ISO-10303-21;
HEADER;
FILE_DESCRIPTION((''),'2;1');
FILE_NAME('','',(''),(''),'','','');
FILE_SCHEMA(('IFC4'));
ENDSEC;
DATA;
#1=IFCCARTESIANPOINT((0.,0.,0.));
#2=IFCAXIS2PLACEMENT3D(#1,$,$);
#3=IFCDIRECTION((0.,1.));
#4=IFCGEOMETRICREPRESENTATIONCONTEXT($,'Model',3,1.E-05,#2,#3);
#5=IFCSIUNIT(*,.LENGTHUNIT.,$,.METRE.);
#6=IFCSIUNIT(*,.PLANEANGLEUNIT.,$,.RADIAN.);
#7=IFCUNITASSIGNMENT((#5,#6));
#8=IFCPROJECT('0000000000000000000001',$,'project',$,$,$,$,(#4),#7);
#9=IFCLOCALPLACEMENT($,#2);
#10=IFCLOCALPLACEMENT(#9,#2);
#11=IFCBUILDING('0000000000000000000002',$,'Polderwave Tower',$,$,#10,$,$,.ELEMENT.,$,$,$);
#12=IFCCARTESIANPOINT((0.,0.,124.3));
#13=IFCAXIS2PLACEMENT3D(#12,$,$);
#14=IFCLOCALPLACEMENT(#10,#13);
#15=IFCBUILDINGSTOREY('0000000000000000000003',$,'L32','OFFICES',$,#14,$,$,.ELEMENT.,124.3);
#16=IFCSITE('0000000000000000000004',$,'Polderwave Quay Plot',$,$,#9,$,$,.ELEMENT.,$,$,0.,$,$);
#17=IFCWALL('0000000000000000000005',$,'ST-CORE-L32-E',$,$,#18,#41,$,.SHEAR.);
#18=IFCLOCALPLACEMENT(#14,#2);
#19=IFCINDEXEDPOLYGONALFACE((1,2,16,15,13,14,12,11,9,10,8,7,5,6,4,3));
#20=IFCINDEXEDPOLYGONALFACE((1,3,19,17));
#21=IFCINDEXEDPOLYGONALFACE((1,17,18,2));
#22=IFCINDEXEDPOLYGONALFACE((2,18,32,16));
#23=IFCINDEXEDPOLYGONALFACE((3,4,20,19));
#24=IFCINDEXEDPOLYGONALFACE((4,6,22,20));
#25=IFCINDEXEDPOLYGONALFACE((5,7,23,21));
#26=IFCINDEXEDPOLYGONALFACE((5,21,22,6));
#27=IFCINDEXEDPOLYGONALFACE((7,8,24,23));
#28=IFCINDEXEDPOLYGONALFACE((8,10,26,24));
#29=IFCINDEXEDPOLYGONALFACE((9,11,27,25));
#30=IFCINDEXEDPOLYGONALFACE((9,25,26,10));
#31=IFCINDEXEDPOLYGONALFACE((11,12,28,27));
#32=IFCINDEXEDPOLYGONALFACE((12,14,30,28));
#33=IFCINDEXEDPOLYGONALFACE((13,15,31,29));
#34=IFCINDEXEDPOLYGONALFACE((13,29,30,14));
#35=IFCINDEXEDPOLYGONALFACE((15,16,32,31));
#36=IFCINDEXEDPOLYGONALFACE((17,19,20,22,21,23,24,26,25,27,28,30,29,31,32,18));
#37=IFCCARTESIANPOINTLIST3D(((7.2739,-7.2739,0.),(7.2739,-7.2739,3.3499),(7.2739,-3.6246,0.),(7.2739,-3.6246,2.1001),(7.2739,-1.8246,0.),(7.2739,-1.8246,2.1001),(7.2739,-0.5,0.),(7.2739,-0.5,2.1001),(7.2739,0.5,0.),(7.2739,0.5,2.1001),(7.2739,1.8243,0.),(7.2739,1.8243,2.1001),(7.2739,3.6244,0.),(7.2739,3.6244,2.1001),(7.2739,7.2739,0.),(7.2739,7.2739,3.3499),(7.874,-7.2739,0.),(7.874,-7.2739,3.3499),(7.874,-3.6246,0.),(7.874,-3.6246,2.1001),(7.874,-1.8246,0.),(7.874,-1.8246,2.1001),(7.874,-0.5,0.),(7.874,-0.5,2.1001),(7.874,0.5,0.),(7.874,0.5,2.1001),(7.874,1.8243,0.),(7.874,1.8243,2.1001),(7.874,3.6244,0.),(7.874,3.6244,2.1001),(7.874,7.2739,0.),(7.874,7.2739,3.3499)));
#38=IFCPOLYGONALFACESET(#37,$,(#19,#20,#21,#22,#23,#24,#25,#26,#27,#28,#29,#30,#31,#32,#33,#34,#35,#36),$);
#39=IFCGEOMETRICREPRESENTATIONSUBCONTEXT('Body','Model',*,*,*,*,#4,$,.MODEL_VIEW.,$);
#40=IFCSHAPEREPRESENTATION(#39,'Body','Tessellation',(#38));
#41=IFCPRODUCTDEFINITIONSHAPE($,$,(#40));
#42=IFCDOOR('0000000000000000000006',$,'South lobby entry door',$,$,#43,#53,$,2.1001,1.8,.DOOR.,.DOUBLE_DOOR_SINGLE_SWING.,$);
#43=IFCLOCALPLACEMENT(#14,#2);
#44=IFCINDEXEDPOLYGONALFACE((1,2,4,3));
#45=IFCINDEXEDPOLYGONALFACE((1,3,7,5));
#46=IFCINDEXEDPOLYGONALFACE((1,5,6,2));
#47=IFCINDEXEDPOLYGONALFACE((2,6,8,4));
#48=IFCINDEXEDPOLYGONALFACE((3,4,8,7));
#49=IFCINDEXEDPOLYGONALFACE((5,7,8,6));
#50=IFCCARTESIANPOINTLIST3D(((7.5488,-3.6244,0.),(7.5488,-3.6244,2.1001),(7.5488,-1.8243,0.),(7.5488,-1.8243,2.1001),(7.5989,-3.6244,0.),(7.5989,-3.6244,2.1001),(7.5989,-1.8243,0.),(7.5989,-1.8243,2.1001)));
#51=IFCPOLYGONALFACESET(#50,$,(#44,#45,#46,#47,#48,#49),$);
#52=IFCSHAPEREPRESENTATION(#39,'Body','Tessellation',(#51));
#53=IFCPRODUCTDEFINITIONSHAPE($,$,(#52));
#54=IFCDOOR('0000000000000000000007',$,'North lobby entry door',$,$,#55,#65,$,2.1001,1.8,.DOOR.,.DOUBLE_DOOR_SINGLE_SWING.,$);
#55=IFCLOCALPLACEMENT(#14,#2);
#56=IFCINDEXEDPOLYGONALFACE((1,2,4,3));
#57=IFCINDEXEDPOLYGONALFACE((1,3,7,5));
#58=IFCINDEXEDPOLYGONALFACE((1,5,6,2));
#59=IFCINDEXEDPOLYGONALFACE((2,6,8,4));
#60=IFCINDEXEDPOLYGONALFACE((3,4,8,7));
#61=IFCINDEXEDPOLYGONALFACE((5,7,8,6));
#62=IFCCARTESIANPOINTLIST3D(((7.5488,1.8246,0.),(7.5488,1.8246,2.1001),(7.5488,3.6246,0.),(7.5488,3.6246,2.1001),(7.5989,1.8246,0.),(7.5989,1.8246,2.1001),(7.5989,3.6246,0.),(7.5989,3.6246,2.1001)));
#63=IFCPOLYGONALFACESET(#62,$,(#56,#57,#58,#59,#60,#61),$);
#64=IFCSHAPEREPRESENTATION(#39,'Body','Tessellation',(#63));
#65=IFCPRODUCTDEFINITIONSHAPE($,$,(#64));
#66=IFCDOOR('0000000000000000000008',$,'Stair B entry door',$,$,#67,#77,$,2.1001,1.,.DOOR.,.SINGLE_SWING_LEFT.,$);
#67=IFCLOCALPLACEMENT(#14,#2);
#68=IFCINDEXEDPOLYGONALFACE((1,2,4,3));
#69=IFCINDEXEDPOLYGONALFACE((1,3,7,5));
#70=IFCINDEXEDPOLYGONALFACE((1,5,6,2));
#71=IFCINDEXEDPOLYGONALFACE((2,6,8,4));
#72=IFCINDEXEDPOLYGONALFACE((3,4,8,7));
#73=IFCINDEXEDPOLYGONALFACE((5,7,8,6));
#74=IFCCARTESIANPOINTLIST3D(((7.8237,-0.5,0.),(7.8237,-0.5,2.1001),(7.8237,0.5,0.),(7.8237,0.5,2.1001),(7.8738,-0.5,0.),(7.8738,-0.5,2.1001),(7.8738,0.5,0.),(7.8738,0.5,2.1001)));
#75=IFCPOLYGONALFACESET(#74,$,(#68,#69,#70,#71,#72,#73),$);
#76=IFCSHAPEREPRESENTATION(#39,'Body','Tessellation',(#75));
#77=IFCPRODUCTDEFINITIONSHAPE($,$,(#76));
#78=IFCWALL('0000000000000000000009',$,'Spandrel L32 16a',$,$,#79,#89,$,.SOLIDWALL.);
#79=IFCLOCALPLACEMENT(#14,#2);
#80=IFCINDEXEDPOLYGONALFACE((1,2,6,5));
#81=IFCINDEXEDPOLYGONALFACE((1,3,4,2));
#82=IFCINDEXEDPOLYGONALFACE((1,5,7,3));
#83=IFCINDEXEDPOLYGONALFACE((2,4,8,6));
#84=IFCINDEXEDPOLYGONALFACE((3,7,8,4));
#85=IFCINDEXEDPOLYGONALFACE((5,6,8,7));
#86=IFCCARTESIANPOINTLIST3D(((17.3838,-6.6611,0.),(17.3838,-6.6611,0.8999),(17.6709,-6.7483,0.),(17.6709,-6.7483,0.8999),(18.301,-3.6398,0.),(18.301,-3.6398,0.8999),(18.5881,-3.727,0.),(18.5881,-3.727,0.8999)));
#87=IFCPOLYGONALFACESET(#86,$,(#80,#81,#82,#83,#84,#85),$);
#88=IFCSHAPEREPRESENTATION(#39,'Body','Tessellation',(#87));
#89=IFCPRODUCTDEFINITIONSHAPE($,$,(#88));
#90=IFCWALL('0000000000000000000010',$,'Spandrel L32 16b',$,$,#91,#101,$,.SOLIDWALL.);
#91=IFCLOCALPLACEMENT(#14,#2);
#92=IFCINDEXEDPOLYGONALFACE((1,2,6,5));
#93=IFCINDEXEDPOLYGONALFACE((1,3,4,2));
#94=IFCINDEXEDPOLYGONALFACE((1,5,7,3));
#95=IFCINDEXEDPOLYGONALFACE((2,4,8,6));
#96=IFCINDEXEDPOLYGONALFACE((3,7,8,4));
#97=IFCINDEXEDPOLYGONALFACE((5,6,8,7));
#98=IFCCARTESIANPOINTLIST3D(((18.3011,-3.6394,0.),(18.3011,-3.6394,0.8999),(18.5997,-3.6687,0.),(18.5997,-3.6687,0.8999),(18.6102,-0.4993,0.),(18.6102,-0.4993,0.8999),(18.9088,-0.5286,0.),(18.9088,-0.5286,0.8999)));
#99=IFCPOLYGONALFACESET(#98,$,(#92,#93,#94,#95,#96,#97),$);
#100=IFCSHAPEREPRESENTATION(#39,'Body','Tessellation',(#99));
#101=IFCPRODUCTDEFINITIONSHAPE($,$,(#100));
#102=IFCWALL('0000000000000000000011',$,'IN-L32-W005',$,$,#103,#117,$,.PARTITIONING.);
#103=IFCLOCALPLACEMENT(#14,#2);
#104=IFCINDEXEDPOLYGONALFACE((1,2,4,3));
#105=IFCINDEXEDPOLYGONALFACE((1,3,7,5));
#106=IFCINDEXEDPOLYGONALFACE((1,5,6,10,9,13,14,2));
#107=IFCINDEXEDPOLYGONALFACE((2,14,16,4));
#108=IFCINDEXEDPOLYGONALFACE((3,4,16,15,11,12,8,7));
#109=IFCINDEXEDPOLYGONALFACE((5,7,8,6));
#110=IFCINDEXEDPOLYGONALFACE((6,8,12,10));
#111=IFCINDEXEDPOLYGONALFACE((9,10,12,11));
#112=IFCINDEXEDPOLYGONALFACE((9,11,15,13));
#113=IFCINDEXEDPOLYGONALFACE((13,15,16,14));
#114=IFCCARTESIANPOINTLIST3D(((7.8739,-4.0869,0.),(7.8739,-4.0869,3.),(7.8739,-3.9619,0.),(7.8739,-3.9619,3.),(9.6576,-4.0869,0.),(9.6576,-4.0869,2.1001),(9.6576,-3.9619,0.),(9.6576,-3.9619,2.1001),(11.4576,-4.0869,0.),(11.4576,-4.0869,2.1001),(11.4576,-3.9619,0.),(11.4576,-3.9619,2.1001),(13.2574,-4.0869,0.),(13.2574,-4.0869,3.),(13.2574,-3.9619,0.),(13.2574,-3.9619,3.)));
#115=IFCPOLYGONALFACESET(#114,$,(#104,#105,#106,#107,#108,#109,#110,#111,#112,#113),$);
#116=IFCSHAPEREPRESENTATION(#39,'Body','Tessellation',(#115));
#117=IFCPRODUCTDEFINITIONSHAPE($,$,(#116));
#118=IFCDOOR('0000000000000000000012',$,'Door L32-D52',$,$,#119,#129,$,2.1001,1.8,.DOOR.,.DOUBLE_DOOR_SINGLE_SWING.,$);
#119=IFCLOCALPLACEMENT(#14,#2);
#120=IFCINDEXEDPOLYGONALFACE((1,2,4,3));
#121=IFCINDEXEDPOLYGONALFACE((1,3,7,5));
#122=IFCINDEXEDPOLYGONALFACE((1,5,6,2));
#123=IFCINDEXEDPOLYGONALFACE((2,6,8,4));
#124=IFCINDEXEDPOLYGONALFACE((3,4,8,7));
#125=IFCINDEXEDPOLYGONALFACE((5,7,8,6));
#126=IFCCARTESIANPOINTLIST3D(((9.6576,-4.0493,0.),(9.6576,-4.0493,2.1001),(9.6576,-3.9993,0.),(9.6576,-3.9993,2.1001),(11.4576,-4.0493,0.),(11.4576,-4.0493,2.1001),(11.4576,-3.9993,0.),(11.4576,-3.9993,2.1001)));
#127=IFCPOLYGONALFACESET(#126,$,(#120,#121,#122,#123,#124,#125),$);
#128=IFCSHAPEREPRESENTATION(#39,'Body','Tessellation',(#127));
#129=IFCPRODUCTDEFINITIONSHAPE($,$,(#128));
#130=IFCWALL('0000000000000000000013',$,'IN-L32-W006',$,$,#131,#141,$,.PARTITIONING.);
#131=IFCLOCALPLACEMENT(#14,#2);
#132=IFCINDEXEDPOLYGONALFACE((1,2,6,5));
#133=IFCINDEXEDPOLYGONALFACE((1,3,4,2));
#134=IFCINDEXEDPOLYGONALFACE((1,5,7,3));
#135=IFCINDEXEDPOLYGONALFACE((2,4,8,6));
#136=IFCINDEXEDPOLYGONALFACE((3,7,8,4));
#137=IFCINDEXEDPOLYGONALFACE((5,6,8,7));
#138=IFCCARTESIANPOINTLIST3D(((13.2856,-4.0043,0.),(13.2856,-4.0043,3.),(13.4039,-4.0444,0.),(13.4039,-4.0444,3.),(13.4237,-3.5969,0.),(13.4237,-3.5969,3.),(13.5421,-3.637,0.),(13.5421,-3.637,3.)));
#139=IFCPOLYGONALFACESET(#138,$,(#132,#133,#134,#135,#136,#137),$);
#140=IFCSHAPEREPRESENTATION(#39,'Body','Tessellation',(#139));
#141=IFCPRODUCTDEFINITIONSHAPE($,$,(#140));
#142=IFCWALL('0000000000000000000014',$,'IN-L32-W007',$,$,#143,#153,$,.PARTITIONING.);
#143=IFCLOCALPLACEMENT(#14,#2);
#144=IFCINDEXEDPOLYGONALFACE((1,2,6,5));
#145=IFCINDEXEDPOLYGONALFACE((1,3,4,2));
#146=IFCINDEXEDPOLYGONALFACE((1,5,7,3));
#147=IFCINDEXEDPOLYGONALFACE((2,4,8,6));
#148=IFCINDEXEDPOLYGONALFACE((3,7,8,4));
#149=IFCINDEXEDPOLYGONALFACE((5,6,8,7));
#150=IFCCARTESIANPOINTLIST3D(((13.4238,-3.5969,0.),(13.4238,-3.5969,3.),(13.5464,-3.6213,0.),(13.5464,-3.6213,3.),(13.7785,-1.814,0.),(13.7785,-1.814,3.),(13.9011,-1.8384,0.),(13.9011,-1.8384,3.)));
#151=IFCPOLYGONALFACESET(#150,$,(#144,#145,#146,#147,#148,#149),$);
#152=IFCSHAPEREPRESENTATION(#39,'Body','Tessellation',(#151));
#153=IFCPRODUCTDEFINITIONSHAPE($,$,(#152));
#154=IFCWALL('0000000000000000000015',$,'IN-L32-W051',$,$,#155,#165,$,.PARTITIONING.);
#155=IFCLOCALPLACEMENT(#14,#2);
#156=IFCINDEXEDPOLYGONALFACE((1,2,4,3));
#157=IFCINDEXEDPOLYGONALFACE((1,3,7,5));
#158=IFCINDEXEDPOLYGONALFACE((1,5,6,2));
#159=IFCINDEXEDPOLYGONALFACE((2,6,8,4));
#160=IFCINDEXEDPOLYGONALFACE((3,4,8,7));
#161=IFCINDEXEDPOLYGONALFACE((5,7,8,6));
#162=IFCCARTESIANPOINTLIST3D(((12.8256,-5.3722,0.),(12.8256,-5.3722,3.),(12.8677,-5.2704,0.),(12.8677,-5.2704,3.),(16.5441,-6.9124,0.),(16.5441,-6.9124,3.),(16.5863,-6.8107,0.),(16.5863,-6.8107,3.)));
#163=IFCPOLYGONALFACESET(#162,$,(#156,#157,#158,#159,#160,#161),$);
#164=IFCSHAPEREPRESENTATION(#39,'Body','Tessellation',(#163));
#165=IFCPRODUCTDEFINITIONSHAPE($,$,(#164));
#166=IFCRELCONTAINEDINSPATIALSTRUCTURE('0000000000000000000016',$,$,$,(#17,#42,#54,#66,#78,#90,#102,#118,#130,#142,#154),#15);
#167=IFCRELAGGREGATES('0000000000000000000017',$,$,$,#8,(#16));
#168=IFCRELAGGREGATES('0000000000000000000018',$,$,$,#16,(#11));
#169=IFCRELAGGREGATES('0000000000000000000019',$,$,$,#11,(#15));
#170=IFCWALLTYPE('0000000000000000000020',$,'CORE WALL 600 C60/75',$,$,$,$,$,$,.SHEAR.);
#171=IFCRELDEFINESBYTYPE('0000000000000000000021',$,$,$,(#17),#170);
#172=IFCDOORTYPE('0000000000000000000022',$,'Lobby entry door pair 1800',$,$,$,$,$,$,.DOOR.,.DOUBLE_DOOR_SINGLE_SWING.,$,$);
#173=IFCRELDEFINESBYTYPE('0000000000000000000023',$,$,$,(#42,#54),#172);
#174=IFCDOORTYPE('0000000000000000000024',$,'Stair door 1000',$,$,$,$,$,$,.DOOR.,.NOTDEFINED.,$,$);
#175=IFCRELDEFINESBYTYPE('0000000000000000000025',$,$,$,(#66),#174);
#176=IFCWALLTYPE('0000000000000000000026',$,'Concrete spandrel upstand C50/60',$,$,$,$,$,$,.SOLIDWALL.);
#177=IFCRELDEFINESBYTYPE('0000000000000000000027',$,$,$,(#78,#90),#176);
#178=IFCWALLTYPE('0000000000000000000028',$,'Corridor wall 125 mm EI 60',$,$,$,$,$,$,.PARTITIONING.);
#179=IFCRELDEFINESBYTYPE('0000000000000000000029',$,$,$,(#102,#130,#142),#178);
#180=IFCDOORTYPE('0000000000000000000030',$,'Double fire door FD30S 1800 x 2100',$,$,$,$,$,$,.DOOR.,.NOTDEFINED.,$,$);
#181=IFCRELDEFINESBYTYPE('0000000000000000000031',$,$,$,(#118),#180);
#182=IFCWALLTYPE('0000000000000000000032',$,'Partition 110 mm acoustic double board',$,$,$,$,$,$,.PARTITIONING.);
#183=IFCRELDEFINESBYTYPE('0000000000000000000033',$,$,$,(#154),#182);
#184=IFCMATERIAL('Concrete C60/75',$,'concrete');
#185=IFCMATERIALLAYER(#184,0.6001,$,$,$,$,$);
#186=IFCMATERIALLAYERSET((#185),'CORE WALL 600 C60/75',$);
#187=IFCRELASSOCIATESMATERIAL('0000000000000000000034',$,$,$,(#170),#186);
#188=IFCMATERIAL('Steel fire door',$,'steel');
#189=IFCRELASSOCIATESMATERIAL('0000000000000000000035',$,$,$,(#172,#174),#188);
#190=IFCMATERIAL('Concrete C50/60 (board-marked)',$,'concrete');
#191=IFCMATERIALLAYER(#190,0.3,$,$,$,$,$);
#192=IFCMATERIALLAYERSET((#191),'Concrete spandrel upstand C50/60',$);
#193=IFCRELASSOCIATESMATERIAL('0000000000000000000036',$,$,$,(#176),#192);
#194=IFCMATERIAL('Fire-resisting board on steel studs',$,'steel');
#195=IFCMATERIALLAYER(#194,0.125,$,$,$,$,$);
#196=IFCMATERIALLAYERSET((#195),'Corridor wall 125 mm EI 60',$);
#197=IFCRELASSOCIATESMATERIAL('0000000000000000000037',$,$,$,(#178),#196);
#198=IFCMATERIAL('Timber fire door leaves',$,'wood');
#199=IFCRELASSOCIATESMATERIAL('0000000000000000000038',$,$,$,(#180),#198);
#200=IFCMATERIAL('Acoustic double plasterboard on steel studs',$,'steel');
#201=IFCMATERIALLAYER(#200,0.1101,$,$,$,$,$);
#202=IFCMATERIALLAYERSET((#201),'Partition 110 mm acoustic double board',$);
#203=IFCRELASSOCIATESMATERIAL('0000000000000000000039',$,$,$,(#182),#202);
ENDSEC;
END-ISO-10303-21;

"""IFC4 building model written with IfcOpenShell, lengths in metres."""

from ifc_helpers import new_model, si_unit, direction, frame, frame_2d, origin, place, context, subcontext, project, spatial, rectangle, extrude, material, layer, layer_set, type_object, element, fill, save


model = new_model("IFC4")

# Units and contexts
model_context = context("Model", 3, precision=1e-05, world=origin(), true_north=direction((0.0, 1.0)))
body_context = subcontext(model_context, "Body", "Model", "MODEL_VIEW")
ifc_project = project(units=[si_unit("LENGTHUNIT", "METRE"), si_unit("PLANEANGLEUNIT", "RADIAN")], contexts=[model_context])

# Site, building, storey
site_placement = place(None, origin())
site = spatial("IfcSite", under=ifc_project, at=site_placement, Name="Polderwave Quay Plot", CompositionType="ELEMENT", RefElevation=0.0)
building_placement = place(site_placement, origin())
building = spatial("IfcBuilding", under=site, at=building_placement, Name="Polderwave Tower", CompositionType="ELEMENT")
storey_placement = place(building_placement, frame((0.0, 0.0, 124.3)))
storey = spatial("IfcBuildingStorey", under=building, at=storey_placement, Name="L32", Description="OFFICES", CompositionType="ELEMENT", Elevation=124.3)

# Shared definitions
ifc_material_1 = material(Name="Concrete C60/75", Category="concrete")

# Wall, openings, doors
ifc_layer_1 = layer(ifc_material_1, 0.6001)
ifc_layer_set_1 = layer_set([ifc_layer_1], Name="CORE WALL 600 C60/75")
wall_type_1 = type_object("IfcWallType", Name="CORE WALL 600 C60/75", PredefinedType="SHEAR", material=ifc_layer_set_1)
wall_1_placement = place(storey_placement, frame((7.574, -7.2739, 0.0), z_axis=(0.0, 0.0, 1.0), x_axis=(0.0, 1.0, 0.0)))
wall_1 = element("IfcWall", 1, at=wall_1_placement, inside=storey, type_object=wall_type_1, Name="ST-CORE-L32-E", PredefinedType="SHEAR", context=body_context, shape_type="SweptSolid", body=[
    extrude(rectangle(XDim=14.5479, YDim=0.6001, at=frame_2d((7.2739, 0.0))), origin(), (0.0, 0.0, 1.0), 3.3499),
])
opening_1_placement = place(wall_1_placement, frame((6.7739, 0.0, 0.0)))
opening_1 = element("IfcOpeningElement", 2, at=opening_1_placement, cuts=wall_1, PredefinedType="OPENING", context=body_context, shape_type="SweptSolid", body=[
    extrude(rectangle(XDim=1.0, YDim=2.1001, at=frame_2d((0.5, 1.05))), frame((0.0, 0.3101, 0.0), z_axis=(0.0, -1.0, 0.0), x_axis=(1.0, 0.0, 0.0)), (0.0, 0.0, 1.0), 0.6201),
])
opening_2_placement = place(wall_1_placement, frame((3.6494, 0.0, 0.0)))
opening_2 = element("IfcOpeningElement", 3, at=opening_2_placement, cuts=wall_1, PredefinedType="OPENING", context=body_context, shape_type="SweptSolid", body=[
    extrude(rectangle(XDim=1.8, YDim=2.1001, at=frame_2d((0.8999, 1.05))), frame((0.0, 0.3101, 0.0), z_axis=(0.0, -1.0, 0.0), x_axis=(1.0, 0.0, 0.0)), (0.0, 0.0, 1.0), 0.6201),
])
opening_3_placement = place(wall_1_placement, frame((9.0984, 0.0, 0.0)))
opening_3 = element("IfcOpeningElement", 4, at=opening_3_placement, cuts=wall_1, PredefinedType="OPENING", context=body_context, shape_type="SweptSolid", body=[
    extrude(rectangle(XDim=1.8, YDim=2.1001, at=frame_2d((0.8999, 1.05))), frame((0.0, 0.3101, 0.0), z_axis=(0.0, -1.0, 0.0), x_axis=(1.0, 0.0, 0.0)), (0.0, 0.0, 1.0), 0.6201),
])
ifc_material_2 = material(Name="Steel fire door", Category="steel")
door_type_1 = type_object("IfcDoorType", Name="Lobby entry door pair 1800", OperationType="DOUBLE_DOOR_SINGLE_SWING", PredefinedType="DOOR", material=ifc_material_2)
door_1_placement = place(opening_2_placement, frame((1.8, 0.0, 0.0), z_axis=(0.0, 0.0, 1.0), x_axis=(-1.0, 0.0, 0.0)))
door_1 = element("IfcDoor", 5, at=door_1_placement, inside=storey, type_object=door_type_1, Name="South lobby entry door", OperationType="DOUBLE_DOOR_SINGLE_SWING", OverallHeight=2.1001, OverallWidth=1.8, PredefinedType="DOOR", context=body_context, shape_type="SweptSolid", body=[
    extrude(rectangle(XDim=1.8, YDim=2.1001, at=frame_2d((0.8999, 1.05))), frame((0.0, 0.0249, 0.0), z_axis=(0.0, -1.0, 0.0), x_axis=(1.0, 0.0, 0.0)), (0.0, 0.0, 1.0), 0.05),
])
fill(opening_2, door_1)
door_2_placement = place(opening_3_placement, frame((1.8, 0.0, 0.0), z_axis=(0.0, 0.0, 1.0), x_axis=(-1.0, 0.0, 0.0)))
door_2 = element("IfcDoor", 6, at=door_2_placement, inside=storey, type_object=door_type_1, Name="North lobby entry door", OperationType="DOUBLE_DOOR_SINGLE_SWING", OverallHeight=2.1001, OverallWidth=1.8, PredefinedType="DOOR", context=body_context, shape_type="SweptSolid", body=[
    extrude(rectangle(XDim=1.8, YDim=2.1001, at=frame_2d((0.8999, 1.05))), frame((0.0, 0.0249, 0.0), z_axis=(0.0, -1.0, 0.0), x_axis=(1.0, 0.0, 0.0)), (0.0, 0.0, 1.0), 0.05),
])
fill(opening_3, door_2)
door_type_2 = type_object("IfcDoorType", Name="Stair door 1000", OperationType="NOTDEFINED", PredefinedType="DOOR", material=ifc_material_2)
door_3_placement = place(opening_1_placement, frame((1.0, 0.0, 0.0), z_axis=(0.0, 0.0, 1.0), x_axis=(-1.0, 0.0, 0.0)))
door_3 = element("IfcDoor", 7, at=door_3_placement, inside=storey, type_object=door_type_2, Name="Stair B entry door", OperationType="SINGLE_SWING_LEFT", OverallHeight=2.1001, OverallWidth=1.0, PredefinedType="DOOR", context=body_context, shape_type="SweptSolid", body=[
    extrude(rectangle(XDim=1.0, YDim=2.1001, at=frame_2d((0.5, 1.05))), frame((0.0, 0.2998, 0.0), z_axis=(0.0, -1.0, 0.0), x_axis=(1.0, 0.0, 0.0)), (0.0, 0.0, 1.0), 0.05),
])
fill(opening_1, door_3)

# Walls
ifc_material_3 = material(Name="Concrete C50/60 (board-marked)", Category="concrete")
ifc_layer_2 = layer(ifc_material_3, 0.3)
ifc_layer_set_2 = layer_set([ifc_layer_2], Name="Concrete spandrel upstand C50/60")
wall_type_2 = type_object("IfcWallType", Name="Concrete spandrel upstand C50/60", PredefinedType="SOLIDWALL", material=ifc_layer_set_2)
wall_2_placement = place(storey_placement, frame((17.5273, -6.7046, 0.0), z_axis=(0.0, 0.0, 1.0), x_axis=(0.290503, 0.956874, 0.0)))
element("IfcWall", 8, at=wall_2_placement, inside=storey, type_object=wall_type_2, Name="Spandrel L32 16a", PredefinedType="SOLIDWALL", context=body_context, shape_type="SweptSolid", body=[
    extrude(rectangle(XDim=3.1575, YDim=0.3, at=frame_2d((1.5786, 0.0))), origin(), (0.0, 0.0, 1.0), 0.8999),
])
wall_3_placement = place(storey_placement, frame((18.4504, -3.6541, 0.0), z_axis=(0.0, 0.0, 1.0), x_axis=(0.097956, 0.995191, 0.0)))
element("IfcWall", 9, at=wall_3_placement, inside=storey, type_object=wall_type_2, Name="Spandrel L32 16b", PredefinedType="SOLIDWALL", context=body_context, shape_type="SweptSolid", body=[
    extrude(rectangle(XDim=3.1553, YDim=0.3, at=frame_2d((1.5776, 0.0))), origin(), (0.0, 0.0, 1.0), 0.8999),
])

# Wall, opening, door
ifc_material_4 = material(Name="Fire-resisting board on steel studs", Category="steel")
ifc_layer_3 = layer(ifc_material_4, 0.125)
ifc_layer_set_3 = layer_set([ifc_layer_3], Name="Corridor wall 125 mm EI 60")
wall_type_3 = type_object("IfcWallType", Name="Corridor wall 125 mm EI 60", PredefinedType="PARTITIONING", material=ifc_layer_set_3)
wall_4_placement = place(storey_placement, frame((13.2576, -4.0244, 0.0), z_axis=(0.0, 0.0, 1.0), x_axis=(-1.0, 0.0, 0.0)))
wall_4 = element("IfcWall", 10, at=wall_4_placement, inside=storey, type_object=wall_type_3, Name="IN-L32-W005", PredefinedType="PARTITIONING", context=body_context, shape_type="SweptSolid", body=[
    extrude(rectangle(XDim=5.3835, YDim=0.125, at=frame_2d((2.6919, 0.0))), origin(), (0.0, 0.0, 1.0), 3.0),
])
opening_4_placement = place(wall_4_placement, frame((1.8, 0.0, 0.0)))
opening_4 = element("IfcOpeningElement", 11, at=opening_4_placement, cuts=wall_4, PredefinedType="OPENING", context=body_context, shape_type="SweptSolid", body=[
    extrude(rectangle(XDim=1.8, YDim=2.1001, at=frame_2d((0.8999, 1.05))), frame((0.0, 0.0725, 0.0), z_axis=(0.0, -1.0, 0.0), x_axis=(1.0, 0.0, 0.0)), (0.0, 0.0, 1.0), 0.145),
])
ifc_material_5 = material(Name="Timber fire door leaves", Category="wood")
door_type_3 = type_object("IfcDoorType", Name="Double fire door FD30S 1800 x 2100", OperationType="NOTDEFINED", PredefinedType="DOOR", material=ifc_material_5)
door_4_placement = place(opening_4_placement, origin())
door_4 = element("IfcDoor", 12, at=door_4_placement, inside=storey, type_object=door_type_3, Name="Door L32-D52", OperationType="DOUBLE_DOOR_SINGLE_SWING", OverallHeight=2.1001, OverallWidth=1.8, PredefinedType="DOOR", context=body_context, shape_type="SweptSolid", body=[
    extrude(rectangle(XDim=1.8, YDim=2.1001, at=frame_2d((0.8999, 1.05))), frame((0.0, 0.0249, 0.0), z_axis=(0.0, -1.0, 0.0), x_axis=(1.0, 0.0, 0.0)), (0.0, 0.0, 1.0), 0.05),
])
fill(opening_4, door_4)

# Walls
wall_5_placement = place(storey_placement, frame((13.4829, -3.6169, 0.0), z_axis=(0.0, 0.0, 1.0), x_axis=(-0.32116, -0.947025, 0.0)))
element("IfcWall", 13, at=wall_5_placement, inside=storey, type_object=wall_type_3, Name="IN-L32-W006", PredefinedType="PARTITIONING", context=body_context, shape_type="SweptSolid", body=[
    extrude(rectangle(XDim=0.4302, YDim=0.125, at=frame_2d((0.2151, 0.0))), origin(), (0.0, 0.0, 1.0), 3.0),
])
wall_6_placement = place(storey_placement, frame((13.8398, -1.8262, 0.0), z_axis=(0.0, 0.0, 1.0), x_axis=(-0.195135, -0.980776, 0.0)))
element("IfcWall", 14, at=wall_6_placement, inside=storey, type_object=wall_type_3, Name="IN-L32-W007", PredefinedType="PARTITIONING", context=body_context, shape_type="SweptSolid", body=[
    extrude(rectangle(XDim=1.8179, YDim=0.125, at=frame_2d((0.9089, 0.0))), origin(), (0.0, 0.0, 1.0), 3.0),
])
ifc_material_6 = material(Name="Acoustic double plasterboard on steel studs", Category="steel")
ifc_layer_4 = layer(ifc_material_6, 0.1101)
ifc_layer_set_4 = layer_set([ifc_layer_4], Name="Partition 110 mm acoustic double board")
wall_type_4 = type_object("IfcWallType", Name="Partition 110 mm acoustic double board", PredefinedType="PARTITIONING", material=ifc_layer_set_4)
wall_7_placement = place(storey_placement, frame((12.8467, -5.3213, 0.0), z_axis=(0.0, 0.0, 1.0), x_axis=(0.923877, -0.382689, 0.0)))
element("IfcWall", 15, at=wall_7_placement, inside=storey, type_object=wall_type_4, Name="IN-L32-W051", PredefinedType="PARTITIONING", context=body_context, shape_type="SweptSolid", body=[
    extrude(rectangle(XDim=4.0249, YDim=0.1101, at=frame_2d((2.0125, 0.0))), origin(), (0.0, 0.0, 1.0), 3.0),
])

save(model, "model.ifc")
